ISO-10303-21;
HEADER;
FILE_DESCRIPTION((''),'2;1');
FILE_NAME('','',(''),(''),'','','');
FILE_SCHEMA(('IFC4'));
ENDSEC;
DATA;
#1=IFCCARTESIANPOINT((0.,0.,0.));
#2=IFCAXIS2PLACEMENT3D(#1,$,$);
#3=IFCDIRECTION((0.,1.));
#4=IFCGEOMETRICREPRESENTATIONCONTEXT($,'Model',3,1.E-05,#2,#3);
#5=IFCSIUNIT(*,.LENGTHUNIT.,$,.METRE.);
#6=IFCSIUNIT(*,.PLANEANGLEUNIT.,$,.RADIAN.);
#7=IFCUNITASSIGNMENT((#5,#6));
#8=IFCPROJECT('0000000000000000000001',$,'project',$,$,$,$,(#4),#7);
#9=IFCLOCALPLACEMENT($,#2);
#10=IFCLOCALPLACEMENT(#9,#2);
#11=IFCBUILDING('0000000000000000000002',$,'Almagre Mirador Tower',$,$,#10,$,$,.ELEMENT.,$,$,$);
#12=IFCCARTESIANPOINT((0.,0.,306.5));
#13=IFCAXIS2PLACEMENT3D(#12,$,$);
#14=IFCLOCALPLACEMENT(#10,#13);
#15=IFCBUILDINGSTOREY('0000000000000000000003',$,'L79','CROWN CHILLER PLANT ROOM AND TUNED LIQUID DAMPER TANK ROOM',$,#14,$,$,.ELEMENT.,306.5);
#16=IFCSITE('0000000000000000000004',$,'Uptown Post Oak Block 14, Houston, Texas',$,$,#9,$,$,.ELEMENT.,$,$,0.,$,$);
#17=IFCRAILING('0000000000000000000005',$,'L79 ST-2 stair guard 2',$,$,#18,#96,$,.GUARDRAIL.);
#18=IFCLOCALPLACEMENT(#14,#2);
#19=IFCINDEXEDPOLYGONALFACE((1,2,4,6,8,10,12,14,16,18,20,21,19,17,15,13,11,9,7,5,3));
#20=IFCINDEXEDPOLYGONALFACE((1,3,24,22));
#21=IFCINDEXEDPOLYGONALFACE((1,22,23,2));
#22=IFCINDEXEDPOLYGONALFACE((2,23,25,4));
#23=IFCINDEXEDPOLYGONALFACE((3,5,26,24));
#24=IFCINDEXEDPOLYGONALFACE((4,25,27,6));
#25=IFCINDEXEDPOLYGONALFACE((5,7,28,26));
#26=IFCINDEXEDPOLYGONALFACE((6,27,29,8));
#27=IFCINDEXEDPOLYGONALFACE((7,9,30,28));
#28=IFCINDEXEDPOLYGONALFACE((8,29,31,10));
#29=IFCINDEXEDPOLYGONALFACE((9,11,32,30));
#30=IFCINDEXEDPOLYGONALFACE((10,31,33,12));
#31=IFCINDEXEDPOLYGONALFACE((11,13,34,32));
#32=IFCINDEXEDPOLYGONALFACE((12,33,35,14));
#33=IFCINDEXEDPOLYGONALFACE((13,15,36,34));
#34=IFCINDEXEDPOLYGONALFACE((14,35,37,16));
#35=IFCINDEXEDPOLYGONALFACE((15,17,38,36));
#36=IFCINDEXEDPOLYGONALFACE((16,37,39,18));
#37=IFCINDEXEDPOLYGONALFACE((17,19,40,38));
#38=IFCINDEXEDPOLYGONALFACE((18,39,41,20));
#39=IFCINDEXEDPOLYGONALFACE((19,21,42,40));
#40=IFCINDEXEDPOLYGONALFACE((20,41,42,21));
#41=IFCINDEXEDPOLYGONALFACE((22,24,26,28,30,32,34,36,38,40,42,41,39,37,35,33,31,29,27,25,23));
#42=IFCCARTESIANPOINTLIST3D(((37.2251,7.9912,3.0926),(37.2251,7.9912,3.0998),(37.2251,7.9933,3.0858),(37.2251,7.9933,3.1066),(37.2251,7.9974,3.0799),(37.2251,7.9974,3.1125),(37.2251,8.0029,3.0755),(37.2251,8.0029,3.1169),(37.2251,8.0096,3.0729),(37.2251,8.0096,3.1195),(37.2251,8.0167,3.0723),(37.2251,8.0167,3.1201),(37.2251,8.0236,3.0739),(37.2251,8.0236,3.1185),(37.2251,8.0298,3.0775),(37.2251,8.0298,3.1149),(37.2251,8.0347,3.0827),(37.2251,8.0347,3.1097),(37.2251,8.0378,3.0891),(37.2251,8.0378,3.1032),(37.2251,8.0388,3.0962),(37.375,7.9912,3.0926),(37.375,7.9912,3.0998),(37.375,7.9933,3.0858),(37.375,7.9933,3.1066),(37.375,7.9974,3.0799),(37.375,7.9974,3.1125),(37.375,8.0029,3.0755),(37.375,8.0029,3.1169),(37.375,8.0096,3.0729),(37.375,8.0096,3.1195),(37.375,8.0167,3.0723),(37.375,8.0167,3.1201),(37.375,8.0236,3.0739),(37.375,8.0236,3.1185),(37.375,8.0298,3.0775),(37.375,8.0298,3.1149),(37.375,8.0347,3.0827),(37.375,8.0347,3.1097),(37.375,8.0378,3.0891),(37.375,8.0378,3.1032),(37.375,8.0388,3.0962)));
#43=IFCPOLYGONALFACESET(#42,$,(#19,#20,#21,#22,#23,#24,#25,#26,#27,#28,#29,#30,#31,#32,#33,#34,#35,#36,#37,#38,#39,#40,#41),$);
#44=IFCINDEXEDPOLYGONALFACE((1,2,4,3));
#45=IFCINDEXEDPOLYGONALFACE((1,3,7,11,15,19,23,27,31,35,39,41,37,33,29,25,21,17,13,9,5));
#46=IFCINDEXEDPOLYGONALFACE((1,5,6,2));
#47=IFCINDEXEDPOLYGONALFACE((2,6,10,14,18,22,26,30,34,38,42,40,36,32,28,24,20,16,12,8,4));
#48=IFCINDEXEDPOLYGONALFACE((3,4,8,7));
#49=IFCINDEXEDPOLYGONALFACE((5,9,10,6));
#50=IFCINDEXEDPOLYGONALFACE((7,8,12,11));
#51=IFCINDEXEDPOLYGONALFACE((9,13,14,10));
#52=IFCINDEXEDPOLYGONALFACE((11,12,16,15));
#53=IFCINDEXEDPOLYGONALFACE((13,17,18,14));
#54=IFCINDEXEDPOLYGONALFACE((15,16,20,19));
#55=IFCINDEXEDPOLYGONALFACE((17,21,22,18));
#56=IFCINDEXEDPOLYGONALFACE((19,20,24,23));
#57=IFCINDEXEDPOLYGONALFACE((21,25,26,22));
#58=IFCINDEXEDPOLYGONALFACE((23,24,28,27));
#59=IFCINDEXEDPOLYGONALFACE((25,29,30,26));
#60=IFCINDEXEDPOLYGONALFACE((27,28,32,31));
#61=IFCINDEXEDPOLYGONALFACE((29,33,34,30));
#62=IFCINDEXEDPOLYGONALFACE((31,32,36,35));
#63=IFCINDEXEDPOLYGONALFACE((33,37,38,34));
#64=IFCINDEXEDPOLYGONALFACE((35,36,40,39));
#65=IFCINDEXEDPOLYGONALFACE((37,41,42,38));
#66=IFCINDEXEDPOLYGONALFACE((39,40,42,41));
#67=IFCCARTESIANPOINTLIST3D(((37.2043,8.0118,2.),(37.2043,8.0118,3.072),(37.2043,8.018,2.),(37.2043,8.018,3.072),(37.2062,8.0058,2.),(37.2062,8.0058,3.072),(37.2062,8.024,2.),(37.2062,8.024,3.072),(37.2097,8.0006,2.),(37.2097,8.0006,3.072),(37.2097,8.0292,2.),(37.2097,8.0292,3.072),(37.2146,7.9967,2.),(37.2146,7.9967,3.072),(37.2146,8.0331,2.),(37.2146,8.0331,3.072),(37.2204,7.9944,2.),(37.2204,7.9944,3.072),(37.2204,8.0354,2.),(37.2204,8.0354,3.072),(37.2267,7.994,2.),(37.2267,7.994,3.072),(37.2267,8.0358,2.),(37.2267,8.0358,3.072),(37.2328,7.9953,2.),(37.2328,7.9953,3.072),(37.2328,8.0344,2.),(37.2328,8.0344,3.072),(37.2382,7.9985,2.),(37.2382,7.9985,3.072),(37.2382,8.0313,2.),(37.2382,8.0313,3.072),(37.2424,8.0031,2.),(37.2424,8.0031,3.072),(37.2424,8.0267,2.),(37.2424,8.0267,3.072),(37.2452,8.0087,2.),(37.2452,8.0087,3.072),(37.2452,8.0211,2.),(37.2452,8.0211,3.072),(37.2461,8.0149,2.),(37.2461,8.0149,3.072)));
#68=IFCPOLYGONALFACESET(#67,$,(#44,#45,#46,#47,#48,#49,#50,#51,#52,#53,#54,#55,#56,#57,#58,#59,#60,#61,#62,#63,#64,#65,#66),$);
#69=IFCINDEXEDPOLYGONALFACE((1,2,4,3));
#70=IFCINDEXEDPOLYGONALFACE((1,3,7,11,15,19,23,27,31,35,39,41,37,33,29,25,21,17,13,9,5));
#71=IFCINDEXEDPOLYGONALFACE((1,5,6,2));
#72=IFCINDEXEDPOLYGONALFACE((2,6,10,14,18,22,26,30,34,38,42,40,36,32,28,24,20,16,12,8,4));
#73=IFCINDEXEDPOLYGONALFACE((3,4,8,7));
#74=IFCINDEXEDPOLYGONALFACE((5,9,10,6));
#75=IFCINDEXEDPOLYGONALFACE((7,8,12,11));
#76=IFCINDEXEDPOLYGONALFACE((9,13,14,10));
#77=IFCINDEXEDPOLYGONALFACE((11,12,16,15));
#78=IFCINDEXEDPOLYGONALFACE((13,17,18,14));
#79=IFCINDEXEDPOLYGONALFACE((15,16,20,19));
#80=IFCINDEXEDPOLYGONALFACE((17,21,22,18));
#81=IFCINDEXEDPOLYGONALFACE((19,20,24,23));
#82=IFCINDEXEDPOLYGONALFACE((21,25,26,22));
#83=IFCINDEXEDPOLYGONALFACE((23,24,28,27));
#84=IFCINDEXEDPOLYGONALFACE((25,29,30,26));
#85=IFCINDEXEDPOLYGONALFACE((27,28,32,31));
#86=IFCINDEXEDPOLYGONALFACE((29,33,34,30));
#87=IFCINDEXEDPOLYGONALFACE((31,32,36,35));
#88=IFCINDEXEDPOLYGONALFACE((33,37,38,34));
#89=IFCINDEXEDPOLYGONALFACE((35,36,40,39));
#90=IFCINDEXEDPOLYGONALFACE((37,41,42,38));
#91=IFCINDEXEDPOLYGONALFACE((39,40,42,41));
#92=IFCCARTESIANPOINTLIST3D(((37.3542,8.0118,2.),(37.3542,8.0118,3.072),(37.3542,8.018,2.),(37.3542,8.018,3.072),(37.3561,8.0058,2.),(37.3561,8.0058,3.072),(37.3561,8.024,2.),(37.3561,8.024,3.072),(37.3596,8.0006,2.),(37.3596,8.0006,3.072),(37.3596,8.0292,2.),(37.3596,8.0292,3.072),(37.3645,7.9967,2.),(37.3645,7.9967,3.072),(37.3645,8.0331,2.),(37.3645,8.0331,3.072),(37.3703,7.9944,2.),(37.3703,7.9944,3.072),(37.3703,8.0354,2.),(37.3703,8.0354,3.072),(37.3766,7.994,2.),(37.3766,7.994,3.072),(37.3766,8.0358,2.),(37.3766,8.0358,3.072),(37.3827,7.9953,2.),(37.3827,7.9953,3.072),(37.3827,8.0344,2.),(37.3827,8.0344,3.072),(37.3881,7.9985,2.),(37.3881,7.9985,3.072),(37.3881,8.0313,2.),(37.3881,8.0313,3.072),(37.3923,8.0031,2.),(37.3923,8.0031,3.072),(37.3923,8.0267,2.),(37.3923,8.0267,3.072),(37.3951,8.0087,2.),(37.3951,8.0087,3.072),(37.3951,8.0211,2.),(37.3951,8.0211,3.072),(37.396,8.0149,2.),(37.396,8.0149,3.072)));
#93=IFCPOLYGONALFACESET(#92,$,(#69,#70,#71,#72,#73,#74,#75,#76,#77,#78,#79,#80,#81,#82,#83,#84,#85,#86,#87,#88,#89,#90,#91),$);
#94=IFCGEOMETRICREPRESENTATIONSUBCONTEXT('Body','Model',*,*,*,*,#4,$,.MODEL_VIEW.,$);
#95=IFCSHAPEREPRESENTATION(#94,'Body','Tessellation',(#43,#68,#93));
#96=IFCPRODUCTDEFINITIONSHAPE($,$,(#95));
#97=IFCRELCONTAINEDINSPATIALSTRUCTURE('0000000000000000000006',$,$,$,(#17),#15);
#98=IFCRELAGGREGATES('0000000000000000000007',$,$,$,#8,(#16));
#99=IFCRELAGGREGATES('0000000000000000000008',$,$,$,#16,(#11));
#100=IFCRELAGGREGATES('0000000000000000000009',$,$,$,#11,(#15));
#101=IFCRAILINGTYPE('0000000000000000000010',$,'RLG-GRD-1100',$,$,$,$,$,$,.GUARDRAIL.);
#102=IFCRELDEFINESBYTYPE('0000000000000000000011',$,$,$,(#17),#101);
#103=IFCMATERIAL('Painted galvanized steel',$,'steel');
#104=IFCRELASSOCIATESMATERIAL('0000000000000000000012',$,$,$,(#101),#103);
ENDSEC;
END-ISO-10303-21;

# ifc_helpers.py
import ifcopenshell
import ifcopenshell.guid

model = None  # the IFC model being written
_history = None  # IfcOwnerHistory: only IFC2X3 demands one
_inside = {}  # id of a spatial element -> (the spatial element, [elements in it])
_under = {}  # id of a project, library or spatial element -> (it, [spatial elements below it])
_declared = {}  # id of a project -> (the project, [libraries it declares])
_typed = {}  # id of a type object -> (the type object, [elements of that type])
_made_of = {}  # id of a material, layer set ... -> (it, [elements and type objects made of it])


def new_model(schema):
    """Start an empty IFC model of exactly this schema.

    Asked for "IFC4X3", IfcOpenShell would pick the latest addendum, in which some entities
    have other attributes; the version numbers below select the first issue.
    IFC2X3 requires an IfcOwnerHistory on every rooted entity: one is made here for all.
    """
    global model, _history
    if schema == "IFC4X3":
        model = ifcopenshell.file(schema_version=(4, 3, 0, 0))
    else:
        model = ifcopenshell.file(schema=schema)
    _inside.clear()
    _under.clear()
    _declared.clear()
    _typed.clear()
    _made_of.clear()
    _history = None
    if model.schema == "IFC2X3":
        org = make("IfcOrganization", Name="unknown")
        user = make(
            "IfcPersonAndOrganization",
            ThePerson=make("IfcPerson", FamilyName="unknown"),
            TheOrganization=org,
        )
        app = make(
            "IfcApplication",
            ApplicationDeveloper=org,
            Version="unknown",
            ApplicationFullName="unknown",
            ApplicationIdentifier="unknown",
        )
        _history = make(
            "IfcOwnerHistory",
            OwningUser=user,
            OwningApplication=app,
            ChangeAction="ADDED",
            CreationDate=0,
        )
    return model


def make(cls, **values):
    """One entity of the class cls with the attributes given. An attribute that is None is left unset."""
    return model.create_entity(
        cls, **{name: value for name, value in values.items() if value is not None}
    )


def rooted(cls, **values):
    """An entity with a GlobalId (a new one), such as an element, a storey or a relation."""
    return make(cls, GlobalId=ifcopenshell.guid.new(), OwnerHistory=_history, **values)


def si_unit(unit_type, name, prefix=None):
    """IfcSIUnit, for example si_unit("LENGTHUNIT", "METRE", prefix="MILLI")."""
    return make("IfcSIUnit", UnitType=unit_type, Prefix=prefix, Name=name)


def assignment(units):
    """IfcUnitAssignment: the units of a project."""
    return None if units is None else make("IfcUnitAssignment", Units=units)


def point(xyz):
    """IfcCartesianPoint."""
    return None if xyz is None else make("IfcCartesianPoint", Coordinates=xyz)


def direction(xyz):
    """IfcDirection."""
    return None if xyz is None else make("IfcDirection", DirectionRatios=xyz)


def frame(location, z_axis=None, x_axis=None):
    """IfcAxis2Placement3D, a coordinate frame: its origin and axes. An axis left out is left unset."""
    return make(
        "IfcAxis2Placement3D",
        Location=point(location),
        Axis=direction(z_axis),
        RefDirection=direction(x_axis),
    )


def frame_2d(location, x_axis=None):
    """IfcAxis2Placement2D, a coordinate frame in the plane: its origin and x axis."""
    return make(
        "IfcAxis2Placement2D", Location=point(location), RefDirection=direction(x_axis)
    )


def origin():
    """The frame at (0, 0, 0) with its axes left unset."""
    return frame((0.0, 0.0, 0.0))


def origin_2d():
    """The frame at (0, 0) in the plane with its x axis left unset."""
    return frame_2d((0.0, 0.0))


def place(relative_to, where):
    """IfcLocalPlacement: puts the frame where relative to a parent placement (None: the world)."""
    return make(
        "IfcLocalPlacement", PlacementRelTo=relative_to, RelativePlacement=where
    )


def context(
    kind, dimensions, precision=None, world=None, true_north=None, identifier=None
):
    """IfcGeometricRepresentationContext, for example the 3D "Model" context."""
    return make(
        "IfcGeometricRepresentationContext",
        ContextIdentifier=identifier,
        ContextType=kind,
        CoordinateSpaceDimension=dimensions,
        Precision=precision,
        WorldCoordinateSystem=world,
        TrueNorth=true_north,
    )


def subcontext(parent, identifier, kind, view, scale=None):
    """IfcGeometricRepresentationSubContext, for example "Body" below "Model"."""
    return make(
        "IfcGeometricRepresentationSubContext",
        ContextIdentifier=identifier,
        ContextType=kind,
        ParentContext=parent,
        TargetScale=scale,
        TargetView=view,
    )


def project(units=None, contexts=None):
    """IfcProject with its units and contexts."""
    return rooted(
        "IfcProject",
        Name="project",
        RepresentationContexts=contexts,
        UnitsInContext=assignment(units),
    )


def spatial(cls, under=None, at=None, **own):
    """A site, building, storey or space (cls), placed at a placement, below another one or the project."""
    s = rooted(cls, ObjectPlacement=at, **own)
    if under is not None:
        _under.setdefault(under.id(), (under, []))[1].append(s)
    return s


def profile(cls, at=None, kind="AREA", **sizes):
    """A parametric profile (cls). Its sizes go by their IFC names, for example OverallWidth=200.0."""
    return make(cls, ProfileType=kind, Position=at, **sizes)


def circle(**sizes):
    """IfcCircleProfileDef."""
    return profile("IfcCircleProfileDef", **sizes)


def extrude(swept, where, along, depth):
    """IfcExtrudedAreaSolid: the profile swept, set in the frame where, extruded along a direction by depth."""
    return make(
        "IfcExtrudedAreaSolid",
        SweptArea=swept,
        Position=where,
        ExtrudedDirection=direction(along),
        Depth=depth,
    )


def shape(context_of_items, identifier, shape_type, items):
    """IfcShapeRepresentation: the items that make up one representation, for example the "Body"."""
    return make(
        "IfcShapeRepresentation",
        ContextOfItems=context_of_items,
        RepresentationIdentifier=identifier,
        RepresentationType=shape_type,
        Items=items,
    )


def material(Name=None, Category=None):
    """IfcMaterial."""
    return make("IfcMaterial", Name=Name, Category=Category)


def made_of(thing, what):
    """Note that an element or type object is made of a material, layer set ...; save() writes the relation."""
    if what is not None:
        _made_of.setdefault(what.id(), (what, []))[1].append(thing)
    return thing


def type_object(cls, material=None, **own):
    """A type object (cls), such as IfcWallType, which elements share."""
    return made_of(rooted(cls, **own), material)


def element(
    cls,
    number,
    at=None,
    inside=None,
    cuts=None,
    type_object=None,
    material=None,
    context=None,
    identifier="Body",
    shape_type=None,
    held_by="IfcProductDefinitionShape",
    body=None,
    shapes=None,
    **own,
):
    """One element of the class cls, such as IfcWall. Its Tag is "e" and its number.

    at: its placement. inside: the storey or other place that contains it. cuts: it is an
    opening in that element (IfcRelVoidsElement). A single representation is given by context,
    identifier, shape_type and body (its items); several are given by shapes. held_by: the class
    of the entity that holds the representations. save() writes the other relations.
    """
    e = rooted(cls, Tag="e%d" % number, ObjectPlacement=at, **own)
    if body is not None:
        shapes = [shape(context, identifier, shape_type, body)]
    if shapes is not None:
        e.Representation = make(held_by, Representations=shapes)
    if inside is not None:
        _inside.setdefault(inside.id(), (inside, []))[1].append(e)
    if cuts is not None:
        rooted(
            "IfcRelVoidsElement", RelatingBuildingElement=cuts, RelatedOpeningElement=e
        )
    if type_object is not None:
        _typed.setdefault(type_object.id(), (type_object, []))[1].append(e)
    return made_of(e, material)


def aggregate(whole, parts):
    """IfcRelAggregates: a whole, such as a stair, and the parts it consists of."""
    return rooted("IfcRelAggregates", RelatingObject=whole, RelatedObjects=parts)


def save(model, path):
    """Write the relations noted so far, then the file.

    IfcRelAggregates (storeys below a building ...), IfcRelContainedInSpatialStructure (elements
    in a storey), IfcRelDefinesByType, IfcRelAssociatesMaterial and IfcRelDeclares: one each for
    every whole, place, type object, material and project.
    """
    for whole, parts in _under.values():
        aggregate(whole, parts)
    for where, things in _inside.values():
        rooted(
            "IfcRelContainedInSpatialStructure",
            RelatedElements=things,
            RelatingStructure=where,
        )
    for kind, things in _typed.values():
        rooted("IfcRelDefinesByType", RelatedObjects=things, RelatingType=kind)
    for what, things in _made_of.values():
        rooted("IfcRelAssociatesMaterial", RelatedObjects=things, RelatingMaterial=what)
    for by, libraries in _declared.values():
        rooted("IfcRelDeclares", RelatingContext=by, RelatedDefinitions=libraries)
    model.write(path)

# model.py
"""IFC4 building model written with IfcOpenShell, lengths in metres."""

from ifc_helpers import new_model, si_unit, direction, frame, origin, origin_2d, place, context, subcontext, project, spatial, circle, extrude, material, type_object, element, save


model = new_model("IFC4")

# Units and contexts
model_context = context("Model", 3, precision=1e-05, world=origin(), true_north=direction((0.0, 1.0)))
body_context = subcontext(model_context, "Body", "Model", "MODEL_VIEW")
ifc_project = project(units=[si_unit("LENGTHUNIT", "METRE"), si_unit("PLANEANGLEUNIT", "RADIAN")], contexts=[model_context])

# Site, building, storey
site_placement = place(None, origin())
site = spatial("IfcSite", under=ifc_project, at=site_placement, Name="Uptown Post Oak Block 14, Houston, Texas", CompositionType="ELEMENT", RefElevation=0.0)
building_placement = place(site_placement, origin())
building = spatial("IfcBuilding", under=site, at=building_placement, Name="Almagre Mirador Tower", CompositionType="ELEMENT")
storey_placement = place(building_placement, frame((0.0, 0.0, 306.5)))
storey = spatial("IfcBuildingStorey", under=building, at=storey_placement, Name="L79", Description="CROWN CHILLER PLANT ROOM AND TUNED LIQUID DAMPER TANK ROOM", CompositionType="ELEMENT", Elevation=306.5)

# Railing
ifc_material_1 = material(Name="Painted galvanized steel", Category="steel")
railing_type_1 = type_object("IfcRailingType", Name="RLG-GRD-1100", PredefinedType="GUARDRAIL", material=ifc_material_1)
railing_1_placement = place(storey_placement, frame((37.2251, 8.0149, 2.0)))
element("IfcRailing", 1, at=railing_1_placement, inside=storey, type_object=railing_type_1, Name="L79 ST-2 stair guard 2", PredefinedType="GUARDRAIL", context=body_context, shape_type="SweptSolid", body=[
    extrude(circle(Radius=0.0239, at=origin_2d()), frame((0.0, 0.0, 1.0962), z_axis=(1.0, 0.0, 0.0), x_axis=(0.0, 1.0, 0.0)), (0.0, 0.0, 1.0), 0.1499),
    extrude(circle(Radius=0.021, at=origin_2d()), origin(), (0.0, 0.0, 1.0), 1.072),
    extrude(circle(Radius=0.021, at=origin_2d()), frame((0.1499, 0.0, 0.0)), (0.0, 0.0, 1.0), 1.072),
])

save(model, "model.ifc")
